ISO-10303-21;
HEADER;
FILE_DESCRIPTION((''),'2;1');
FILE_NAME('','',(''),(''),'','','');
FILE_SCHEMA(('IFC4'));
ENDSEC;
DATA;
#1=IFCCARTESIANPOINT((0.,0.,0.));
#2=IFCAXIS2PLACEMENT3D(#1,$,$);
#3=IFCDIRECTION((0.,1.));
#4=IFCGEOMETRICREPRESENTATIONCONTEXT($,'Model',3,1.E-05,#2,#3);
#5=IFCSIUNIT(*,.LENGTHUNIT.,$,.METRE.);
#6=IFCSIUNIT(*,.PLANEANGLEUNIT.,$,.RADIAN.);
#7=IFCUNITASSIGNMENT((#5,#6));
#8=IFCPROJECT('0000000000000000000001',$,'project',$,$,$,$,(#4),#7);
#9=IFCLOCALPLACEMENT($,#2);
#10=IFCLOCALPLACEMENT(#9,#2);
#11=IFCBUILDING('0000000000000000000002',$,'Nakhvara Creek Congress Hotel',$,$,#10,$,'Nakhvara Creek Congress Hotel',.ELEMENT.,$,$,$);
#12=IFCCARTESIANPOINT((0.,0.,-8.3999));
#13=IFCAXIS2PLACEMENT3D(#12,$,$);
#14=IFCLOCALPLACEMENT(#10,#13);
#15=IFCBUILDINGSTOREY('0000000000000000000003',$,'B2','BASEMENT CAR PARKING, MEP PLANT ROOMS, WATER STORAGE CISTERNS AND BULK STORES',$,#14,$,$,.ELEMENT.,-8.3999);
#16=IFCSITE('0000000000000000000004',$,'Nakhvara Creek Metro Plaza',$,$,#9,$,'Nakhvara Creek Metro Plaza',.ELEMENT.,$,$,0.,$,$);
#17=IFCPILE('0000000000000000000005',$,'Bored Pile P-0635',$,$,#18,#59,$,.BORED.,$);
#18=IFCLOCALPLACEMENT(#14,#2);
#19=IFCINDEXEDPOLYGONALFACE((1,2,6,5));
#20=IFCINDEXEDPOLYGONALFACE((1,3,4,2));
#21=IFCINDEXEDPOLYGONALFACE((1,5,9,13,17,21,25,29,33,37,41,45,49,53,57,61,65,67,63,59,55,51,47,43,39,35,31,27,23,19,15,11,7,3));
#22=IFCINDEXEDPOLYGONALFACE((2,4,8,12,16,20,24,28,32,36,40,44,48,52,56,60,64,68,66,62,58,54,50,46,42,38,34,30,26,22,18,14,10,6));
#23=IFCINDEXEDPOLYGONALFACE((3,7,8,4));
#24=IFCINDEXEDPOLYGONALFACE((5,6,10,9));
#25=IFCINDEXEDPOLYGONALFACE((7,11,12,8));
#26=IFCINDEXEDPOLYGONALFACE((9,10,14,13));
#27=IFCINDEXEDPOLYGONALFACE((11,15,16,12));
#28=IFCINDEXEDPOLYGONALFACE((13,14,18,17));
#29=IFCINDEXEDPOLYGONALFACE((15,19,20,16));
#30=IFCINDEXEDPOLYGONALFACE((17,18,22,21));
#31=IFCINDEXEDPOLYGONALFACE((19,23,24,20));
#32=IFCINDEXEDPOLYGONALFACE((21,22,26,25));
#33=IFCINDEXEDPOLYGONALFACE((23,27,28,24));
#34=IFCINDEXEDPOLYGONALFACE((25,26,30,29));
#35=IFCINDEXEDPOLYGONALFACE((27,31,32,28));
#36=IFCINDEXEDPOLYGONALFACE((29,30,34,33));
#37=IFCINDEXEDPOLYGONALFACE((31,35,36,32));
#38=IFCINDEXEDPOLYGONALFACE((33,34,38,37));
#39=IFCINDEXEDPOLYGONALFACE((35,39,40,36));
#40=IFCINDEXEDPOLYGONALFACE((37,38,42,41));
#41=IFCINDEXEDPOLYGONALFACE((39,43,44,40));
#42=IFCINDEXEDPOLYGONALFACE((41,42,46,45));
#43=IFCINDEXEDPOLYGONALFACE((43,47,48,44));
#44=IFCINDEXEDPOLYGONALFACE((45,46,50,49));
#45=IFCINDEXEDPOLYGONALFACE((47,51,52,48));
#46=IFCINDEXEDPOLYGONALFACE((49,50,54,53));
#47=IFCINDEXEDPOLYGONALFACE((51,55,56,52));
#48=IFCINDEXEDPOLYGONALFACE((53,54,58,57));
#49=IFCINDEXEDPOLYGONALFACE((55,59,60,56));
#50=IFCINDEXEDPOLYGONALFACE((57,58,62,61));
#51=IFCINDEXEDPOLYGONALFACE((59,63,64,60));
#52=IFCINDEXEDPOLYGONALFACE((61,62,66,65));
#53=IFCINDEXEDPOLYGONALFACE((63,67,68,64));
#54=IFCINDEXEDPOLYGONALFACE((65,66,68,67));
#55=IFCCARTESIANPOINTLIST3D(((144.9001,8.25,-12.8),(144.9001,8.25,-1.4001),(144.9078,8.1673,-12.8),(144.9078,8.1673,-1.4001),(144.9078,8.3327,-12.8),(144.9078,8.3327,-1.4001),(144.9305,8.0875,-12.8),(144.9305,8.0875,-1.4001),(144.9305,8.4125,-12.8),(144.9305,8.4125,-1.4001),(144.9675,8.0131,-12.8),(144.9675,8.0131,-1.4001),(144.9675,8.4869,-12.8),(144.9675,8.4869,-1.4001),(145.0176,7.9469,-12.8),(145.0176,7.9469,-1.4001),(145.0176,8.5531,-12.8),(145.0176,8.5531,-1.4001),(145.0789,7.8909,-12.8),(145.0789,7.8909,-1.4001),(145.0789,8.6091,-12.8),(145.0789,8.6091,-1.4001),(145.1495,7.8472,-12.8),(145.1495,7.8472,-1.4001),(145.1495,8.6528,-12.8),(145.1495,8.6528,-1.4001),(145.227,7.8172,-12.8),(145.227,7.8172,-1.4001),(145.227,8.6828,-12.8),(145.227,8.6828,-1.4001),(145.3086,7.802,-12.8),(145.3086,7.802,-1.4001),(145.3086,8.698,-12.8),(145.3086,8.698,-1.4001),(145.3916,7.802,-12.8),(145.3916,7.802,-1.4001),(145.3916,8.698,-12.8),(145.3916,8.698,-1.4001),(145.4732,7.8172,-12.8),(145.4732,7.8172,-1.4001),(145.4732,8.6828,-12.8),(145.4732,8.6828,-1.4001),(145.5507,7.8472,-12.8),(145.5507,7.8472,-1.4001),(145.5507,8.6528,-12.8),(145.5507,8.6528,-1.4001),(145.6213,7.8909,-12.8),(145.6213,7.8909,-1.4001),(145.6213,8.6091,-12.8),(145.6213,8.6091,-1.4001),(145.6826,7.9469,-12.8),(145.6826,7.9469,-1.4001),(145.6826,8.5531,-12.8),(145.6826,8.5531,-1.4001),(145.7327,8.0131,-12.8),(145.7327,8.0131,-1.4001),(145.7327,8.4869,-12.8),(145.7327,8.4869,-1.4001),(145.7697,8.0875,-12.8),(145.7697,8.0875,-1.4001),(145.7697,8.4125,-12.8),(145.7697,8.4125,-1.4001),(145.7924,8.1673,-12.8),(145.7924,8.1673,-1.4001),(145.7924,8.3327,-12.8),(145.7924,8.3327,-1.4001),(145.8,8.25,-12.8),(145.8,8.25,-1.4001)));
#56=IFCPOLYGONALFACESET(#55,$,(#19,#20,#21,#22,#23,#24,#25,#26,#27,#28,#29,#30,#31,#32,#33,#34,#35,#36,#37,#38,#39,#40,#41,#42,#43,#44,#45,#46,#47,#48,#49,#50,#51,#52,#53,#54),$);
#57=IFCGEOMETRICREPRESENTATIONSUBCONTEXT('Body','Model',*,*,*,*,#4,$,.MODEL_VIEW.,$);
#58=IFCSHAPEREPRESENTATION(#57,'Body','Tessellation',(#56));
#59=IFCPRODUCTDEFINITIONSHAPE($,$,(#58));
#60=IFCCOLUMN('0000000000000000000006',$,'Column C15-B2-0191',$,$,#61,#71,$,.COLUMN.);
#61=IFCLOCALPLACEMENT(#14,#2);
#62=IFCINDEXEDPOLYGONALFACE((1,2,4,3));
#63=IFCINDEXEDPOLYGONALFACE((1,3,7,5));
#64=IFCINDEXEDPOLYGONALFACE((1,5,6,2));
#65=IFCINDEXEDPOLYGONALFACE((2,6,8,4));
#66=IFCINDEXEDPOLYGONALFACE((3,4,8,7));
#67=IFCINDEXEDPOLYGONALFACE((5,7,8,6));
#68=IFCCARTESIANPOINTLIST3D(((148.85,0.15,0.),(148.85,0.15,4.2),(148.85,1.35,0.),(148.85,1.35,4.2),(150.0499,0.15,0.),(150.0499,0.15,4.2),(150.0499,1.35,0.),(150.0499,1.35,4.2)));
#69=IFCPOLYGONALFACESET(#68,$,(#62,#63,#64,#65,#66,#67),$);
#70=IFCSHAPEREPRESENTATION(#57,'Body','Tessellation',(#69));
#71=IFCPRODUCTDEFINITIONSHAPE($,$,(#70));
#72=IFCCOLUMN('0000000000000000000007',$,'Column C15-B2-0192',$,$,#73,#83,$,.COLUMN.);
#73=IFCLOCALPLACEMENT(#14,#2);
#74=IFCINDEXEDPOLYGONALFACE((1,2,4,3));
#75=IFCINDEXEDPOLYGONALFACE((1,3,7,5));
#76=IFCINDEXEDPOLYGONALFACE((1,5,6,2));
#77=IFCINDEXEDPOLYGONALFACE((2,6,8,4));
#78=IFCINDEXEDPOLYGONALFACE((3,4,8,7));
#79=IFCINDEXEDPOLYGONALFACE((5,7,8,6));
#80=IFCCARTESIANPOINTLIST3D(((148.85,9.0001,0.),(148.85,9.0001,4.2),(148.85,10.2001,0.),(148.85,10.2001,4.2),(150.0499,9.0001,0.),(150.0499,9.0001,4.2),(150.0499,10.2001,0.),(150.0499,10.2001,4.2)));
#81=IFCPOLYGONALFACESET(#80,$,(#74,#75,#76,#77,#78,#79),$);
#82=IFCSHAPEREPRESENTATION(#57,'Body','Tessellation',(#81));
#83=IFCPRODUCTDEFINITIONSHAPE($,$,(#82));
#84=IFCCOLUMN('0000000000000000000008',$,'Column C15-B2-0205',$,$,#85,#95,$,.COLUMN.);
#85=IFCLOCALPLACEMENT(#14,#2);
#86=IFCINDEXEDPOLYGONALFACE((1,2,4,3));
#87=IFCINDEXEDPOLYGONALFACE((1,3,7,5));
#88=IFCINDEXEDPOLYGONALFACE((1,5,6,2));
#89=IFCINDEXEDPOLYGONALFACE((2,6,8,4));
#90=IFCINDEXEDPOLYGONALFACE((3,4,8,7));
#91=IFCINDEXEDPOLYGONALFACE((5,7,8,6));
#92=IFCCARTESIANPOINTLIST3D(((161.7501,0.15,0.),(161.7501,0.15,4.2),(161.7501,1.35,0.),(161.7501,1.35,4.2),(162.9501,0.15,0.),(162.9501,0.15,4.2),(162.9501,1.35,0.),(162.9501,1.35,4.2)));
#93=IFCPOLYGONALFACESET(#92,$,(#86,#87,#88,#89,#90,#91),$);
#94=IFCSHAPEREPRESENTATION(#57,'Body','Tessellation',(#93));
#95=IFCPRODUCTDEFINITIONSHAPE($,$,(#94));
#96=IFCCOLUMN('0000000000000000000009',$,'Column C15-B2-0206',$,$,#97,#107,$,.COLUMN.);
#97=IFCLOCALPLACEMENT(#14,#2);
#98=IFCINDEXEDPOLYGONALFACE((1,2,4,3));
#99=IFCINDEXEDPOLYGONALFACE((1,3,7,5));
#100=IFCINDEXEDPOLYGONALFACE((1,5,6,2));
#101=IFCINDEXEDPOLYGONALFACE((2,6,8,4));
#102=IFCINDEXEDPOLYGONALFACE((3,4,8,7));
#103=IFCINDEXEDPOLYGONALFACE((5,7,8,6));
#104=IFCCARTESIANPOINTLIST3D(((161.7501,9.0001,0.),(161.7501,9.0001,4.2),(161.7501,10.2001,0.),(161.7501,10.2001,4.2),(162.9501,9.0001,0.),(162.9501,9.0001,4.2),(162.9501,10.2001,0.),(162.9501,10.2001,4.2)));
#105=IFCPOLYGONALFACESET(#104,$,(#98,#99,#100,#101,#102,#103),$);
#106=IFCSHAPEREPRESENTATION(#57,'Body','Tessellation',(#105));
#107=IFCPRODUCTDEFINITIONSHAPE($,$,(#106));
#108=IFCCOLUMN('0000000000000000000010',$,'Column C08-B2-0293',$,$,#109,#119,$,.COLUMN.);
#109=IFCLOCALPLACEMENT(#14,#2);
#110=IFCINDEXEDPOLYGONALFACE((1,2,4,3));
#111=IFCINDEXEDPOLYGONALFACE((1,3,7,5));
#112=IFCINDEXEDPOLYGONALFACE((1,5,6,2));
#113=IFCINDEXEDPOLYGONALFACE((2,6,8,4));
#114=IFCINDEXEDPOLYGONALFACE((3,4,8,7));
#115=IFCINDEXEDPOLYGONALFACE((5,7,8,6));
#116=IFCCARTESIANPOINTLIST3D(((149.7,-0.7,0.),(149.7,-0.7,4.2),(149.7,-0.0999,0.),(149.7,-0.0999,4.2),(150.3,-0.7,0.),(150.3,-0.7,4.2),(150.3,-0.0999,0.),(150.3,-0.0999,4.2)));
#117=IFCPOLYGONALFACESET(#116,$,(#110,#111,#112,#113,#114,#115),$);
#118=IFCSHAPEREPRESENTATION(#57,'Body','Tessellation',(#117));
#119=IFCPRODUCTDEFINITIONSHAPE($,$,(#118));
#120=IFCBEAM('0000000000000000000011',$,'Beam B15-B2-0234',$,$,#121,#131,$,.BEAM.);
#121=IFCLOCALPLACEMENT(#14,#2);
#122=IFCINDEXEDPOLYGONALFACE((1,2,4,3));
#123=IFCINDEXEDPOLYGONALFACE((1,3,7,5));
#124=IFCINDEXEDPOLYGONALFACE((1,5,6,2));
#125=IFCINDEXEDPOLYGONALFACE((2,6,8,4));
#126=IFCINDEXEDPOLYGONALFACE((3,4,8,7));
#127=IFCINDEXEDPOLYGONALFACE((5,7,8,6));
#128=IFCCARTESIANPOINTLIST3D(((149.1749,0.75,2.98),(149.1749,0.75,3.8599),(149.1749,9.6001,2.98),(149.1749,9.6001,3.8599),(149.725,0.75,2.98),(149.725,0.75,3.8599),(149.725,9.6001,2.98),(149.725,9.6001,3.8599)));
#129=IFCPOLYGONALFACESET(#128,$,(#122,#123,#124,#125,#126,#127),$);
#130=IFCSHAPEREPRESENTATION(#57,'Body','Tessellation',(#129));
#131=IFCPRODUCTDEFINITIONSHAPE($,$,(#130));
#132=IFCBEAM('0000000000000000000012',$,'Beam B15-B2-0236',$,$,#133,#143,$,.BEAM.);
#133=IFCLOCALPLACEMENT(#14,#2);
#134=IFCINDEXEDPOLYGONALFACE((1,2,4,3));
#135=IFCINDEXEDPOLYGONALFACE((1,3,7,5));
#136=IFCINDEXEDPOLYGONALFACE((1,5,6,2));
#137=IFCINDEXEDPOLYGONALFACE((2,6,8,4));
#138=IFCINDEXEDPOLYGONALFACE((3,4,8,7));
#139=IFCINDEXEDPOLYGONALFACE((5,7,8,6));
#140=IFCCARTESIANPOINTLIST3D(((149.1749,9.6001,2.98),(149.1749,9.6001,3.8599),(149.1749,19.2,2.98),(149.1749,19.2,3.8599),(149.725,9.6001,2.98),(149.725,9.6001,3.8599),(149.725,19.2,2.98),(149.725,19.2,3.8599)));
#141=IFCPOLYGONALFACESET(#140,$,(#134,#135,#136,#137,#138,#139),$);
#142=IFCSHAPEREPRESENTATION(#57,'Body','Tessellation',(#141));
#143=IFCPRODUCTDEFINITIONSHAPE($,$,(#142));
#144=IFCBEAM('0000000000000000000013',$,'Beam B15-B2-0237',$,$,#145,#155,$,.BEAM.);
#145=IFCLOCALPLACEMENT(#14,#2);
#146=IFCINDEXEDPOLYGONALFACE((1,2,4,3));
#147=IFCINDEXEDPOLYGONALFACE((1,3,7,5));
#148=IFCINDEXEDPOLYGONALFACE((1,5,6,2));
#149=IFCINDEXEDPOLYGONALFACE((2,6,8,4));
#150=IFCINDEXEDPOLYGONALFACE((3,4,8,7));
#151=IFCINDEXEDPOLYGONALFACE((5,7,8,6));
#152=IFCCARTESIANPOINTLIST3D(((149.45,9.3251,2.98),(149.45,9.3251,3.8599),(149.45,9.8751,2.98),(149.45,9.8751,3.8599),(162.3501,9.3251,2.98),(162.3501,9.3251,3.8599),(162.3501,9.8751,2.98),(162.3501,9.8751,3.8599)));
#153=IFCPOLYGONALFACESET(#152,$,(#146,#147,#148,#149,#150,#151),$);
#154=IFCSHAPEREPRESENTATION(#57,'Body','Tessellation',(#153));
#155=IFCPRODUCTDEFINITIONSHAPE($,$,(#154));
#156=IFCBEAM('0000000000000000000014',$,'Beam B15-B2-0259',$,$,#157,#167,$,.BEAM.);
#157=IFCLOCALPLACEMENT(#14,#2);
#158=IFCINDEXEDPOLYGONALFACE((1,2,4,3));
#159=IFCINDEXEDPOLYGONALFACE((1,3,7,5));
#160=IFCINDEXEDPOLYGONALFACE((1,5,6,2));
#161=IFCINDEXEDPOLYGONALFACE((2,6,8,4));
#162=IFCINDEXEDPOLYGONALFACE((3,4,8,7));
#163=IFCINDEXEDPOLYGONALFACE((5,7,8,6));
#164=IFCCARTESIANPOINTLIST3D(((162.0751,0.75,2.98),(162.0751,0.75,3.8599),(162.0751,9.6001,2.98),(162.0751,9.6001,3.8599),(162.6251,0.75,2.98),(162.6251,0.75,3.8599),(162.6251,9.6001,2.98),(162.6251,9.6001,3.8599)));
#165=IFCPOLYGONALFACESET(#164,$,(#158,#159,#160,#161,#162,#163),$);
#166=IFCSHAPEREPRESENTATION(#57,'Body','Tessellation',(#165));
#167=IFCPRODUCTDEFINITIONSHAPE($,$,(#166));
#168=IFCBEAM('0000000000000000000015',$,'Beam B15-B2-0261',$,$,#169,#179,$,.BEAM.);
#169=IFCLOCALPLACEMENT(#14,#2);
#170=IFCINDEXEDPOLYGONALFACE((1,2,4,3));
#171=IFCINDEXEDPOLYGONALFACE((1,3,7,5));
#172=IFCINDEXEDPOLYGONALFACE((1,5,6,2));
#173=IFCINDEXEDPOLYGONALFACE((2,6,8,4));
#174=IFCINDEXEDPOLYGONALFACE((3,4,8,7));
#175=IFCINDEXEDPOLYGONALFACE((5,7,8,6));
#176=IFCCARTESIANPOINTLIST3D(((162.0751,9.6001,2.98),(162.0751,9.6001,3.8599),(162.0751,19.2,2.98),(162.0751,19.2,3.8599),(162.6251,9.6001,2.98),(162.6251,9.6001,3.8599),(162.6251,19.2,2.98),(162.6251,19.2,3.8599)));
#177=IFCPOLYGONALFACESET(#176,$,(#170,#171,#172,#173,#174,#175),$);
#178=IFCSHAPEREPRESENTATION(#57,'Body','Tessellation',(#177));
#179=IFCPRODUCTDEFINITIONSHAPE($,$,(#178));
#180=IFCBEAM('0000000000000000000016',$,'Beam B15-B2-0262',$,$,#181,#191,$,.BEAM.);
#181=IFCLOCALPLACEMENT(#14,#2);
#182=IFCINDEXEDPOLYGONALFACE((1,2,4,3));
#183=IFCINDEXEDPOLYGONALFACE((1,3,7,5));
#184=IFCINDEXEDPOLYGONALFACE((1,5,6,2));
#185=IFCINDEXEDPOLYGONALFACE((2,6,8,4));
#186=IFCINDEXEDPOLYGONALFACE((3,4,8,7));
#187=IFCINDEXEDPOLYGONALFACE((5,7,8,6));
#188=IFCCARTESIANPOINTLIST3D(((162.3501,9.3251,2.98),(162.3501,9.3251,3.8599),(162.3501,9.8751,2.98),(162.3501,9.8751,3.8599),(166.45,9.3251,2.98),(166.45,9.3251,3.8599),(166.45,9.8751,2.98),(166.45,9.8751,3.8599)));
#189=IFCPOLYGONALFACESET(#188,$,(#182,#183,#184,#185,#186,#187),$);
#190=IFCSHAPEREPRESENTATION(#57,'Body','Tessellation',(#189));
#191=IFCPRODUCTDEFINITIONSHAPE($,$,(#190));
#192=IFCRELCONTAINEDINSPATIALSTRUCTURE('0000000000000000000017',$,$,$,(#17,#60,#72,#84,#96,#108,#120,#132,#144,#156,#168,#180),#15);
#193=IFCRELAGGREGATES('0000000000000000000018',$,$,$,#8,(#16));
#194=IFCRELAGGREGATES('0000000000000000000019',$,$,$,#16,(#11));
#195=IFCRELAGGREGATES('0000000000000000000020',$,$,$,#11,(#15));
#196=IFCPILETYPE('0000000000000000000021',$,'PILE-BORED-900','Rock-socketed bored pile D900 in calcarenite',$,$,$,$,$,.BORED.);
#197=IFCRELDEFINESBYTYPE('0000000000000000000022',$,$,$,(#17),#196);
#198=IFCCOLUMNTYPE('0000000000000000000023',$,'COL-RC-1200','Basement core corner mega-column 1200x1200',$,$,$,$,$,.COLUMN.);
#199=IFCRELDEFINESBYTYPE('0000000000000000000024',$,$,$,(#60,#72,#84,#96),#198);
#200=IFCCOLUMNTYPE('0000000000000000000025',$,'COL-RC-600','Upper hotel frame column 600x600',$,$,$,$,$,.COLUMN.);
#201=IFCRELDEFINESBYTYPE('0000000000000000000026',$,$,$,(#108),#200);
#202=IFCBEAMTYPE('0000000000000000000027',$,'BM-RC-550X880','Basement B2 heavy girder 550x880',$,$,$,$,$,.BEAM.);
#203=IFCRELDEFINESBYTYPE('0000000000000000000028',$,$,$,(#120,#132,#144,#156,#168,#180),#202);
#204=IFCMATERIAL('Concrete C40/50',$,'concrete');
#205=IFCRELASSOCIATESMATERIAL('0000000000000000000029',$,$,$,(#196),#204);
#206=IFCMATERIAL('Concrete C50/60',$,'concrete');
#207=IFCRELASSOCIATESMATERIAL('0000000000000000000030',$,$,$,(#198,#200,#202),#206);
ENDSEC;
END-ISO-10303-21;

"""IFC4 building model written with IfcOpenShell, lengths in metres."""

from ifc_helpers import new_model, si_unit, direction, frame, origin, origin_2d, place, context, subcontext, project, spatial, rectangle, circle, extrude, material, material_profile, profile_set, type_object, element, save


model = new_model("IFC4")

# Units and contexts
model_context = context("Model", 3, precision=1e-05, world=origin(), true_north=direction((0.0, 1.0)))
body_context = subcontext(model_context, "Body", "Model", "MODEL_VIEW")
ifc_project = project(units=[si_unit("LENGTHUNIT", "METRE"), si_unit("PLANEANGLEUNIT", "RADIAN")], contexts=[model_context])

# Site, building, storey
site_placement = place(None, origin())
site = spatial("IfcSite", under=ifc_project, at=site_placement, Name="Nakhvara Creek Metro Plaza", LongName="Nakhvara Creek Metro Plaza", CompositionType="ELEMENT", RefElevation=0.0)
building_placement = place(site_placement, origin())
building = spatial("IfcBuilding", under=site, at=building_placement, Name="Nakhvara Creek Congress Hotel", LongName="Nakhvara Creek Congress Hotel", CompositionType="ELEMENT")
storey_placement = place(building_placement, frame((0.0, 0.0, -8.3999)))
storey = spatial("IfcBuildingStorey", under=building, at=storey_placement, Name="B2", Description="BASEMENT CAR PARKING, MEP PLANT ROOMS, WATER STORAGE CISTERNS AND BULK STORES", CompositionType="ELEMENT", Elevation=-8.3999)

# Shared definitions
ifc_material_1 = material(Name="Concrete C40/50", Category="concrete")

# Pile
ifc_material_profile_1 = material_profile(ifc_material_1, circle(Radius=0.45, at=origin_2d()), Name="BORED PILE D900", Category="LoadBearing")
ifc_profile_set_1 = profile_set([ifc_material_profile_1], Name="Concrete C40/50")
pile_type_1 = type_object("IfcPileType", Name="PILE-BORED-900", Description="Rock-socketed bored pile D900 in calcarenite", PredefinedType="BORED", material=ifc_profile_set_1)
for number, where, z_axis, x_axis, name in (
    (1, (145.3501, 8.25, -1.4001), (0.0, 0.0, -1.0), (1.0, 0.0, 0.0), "Bored Pile P-0635"),
):
    element("IfcPile", number, at=place(storey_placement, frame(where, z_axis=z_axis, x_axis=x_axis)), inside=storey, type_object=pile_type_1, Name=name, PredefinedType="BORED", context=body_context, shape_type="SweptSolid", body=[
        extrude(circle(Radius=0.45, at=origin_2d()), origin(), (0.0, 0.0, 1.0), 11.3999),
    ])

# Columns
ifc_material_2 = material(Name="Concrete C50/60", Category="concrete")
ifc_material_profile_2 = material_profile(ifc_material_2, rectangle(XDim=1.2, YDim=1.2, at=origin_2d()), Name="RC-COL 1200x1200", Category="LoadBearing")
ifc_profile_set_2 = profile_set([ifc_material_profile_2], Name="Concrete C50/60")
column_type_1 = type_object("IfcColumnType", Name="COL-RC-1200", Description="Basement core corner mega-column 1200x1200", PredefinedType="COLUMN", material=ifc_profile_set_2)
for number, where, z_axis, x_axis, name in (
    (2, (149.45, 0.75, 0.0), (0.0, 0.0, 1.0), (1.0, 0.0, 0.0), "Column C15-B2-0191"),
    (3, (149.45, 9.6001, 0.0), (0.0, 0.0, 1.0), (1.0, 0.0, 0.0), "Column C15-B2-0192"),
    (4, (162.3501, 0.75, 0.0), (0.0, 0.0, 1.0), (1.0, 0.0, 0.0), "Column C15-B2-0205"),
    (5, (162.3501, 9.6001, 0.0), (0.0, 0.0, 1.0), (1.0, 0.0, 0.0), "Column C15-B2-0206"),
):
    element("IfcColumn", number, at=place(storey_placement, frame(where, z_axis=z_axis, x_axis=x_axis)), inside=storey, type_object=column_type_1, Name=name, PredefinedType="COLUMN", context=body_context, shape_type="SweptSolid", body=[
        extrude(rectangle(XDim=1.2, YDim=1.2, at=origin_2d()), origin(), (0.0, 0.0, 1.0), 4.2),
    ])
ifc_material_profile_3 = material_profile(ifc_material_2, rectangle(XDim=0.6001, YDim=0.6001, at=origin_2d()), Name="RC-COL 600x600", Category="LoadBearing")
ifc_profile_set_3 = profile_set([ifc_material_profile_3], Name="Concrete C50/60")
column_type_2 = type_object("IfcColumnType", Name="COL-RC-600", Description="Upper hotel frame column 600x600", PredefinedType="COLUMN", material=ifc_profile_set_3)
column_placement = place(storey_placement, frame((150.0, -0.3999, 0.0), z_axis=(0.0, 0.0, 1.0), x_axis=(1.0, 0.0, 0.0)))
element("IfcColumn", 6, at=column_placement, inside=storey, type_object=column_type_2, Name="Column C08-B2-0293", PredefinedType="COLUMN", context=body_context, shape_type="SweptSolid", body=[
    extrude(rectangle(XDim=0.6001, YDim=0.6001, at=origin_2d()), origin(), (0.0, 0.0, 1.0), 4.2),
])

# Beams
ifc_material_profile_4 = material_profile(ifc_material_2, rectangle(XDim=0.55, YDim=0.8799, at=origin_2d()), Name="RC-BM 550x880", Category="LoadBearing")
ifc_profile_set_4 = profile_set([ifc_material_profile_4], Name="Concrete C50/60")
beam_type_1 = type_object("IfcBeamType", Name="BM-RC-550X880", Description="Basement B2 heavy girder 550x880", PredefinedType="BEAM", material=ifc_profile_set_4)
beam_1_placement = place(storey_placement, frame((149.45, 0.75, 3.4199), z_axis=(0.0, 1.0, 0.0), x_axis=(-1.0, 0.0, 0.0)))
element("IfcBeam", 7, at=beam_1_placement, inside=storey, type_object=beam_type_1, Name="Beam B15-B2-0234", PredefinedType="BEAM", context=body_context, shape_type="SweptSolid", body=[
    extrude(rectangle(XDim=0.55, YDim=0.8799, at=origin_2d()), origin(), (0.0, 0.0, 1.0), 8.8501),
])
beam_2_placement = place(storey_placement, frame((149.45, 9.6001, 3.4199), z_axis=(0.0, 1.0, 0.0), x_axis=(-1.0, 0.0, 0.0)))
element("IfcBeam", 8, at=beam_2_placement, inside=storey, type_object=beam_type_1, Name="Beam B15-B2-0236", PredefinedType="BEAM", context=body_context, shape_type="SweptSolid", body=[
    extrude(rectangle(XDim=0.55, YDim=0.8799, at=origin_2d()), origin(), (0.0, 0.0, 1.0), 9.5999),
])
beam_3_placement = place(storey_placement, frame((149.45, 9.6001, 3.4199), z_axis=(1.0, 0.0, 0.0), x_axis=(0.0, 1.0, 0.0)))
element("IfcBeam", 9, at=beam_3_placement, inside=storey, type_object=beam_type_1, Name="Beam B15-B2-0237", PredefinedType="BEAM", context=body_context, shape_type="SweptSolid", body=[
    extrude(rectangle(XDim=0.55, YDim=0.8799, at=origin_2d()), origin(), (0.0, 0.0, 1.0), 12.9001),
])
beam_4_placement = place(storey_placement, frame((162.3501, 0.75, 3.4199), z_axis=(0.0, 1.0, 0.0), x_axis=(-1.0, 0.0, 0.0)))
element("IfcBeam", 10, at=beam_4_placement, inside=storey, type_object=beam_type_1, Name="Beam B15-B2-0259", PredefinedType="BEAM", context=body_context, shape_type="SweptSolid", body=[
    extrude(rectangle(XDim=0.55, YDim=0.8799, at=origin_2d()), origin(), (0.0, 0.0, 1.0), 8.8501),
])
beam_5_placement = place(storey_placement, frame((162.3501, 9.6001, 3.4199), z_axis=(0.0, 1.0, 0.0), x_axis=(-1.0, 0.0, 0.0)))
element("IfcBeam", 11, at=beam_5_placement, inside=storey, type_object=beam_type_1, Name="Beam B15-B2-0261", PredefinedType="BEAM", context=body_context, shape_type="SweptSolid", body=[
    extrude(rectangle(XDim=0.55, YDim=0.8799, at=origin_2d()), origin(), (0.0, 0.0, 1.0), 9.5999),
])
beam_6_placement = place(storey_placement, frame((162.3501, 9.6001, 3.4199), z_axis=(1.0, 0.0, 0.0), x_axis=(0.0, 1.0, 0.0)))
element("IfcBeam", 12, at=beam_6_placement, inside=storey, type_object=beam_type_1, Name="Beam B15-B2-0262", PredefinedType="BEAM", context=body_context, shape_type="SweptSolid", body=[
    extrude(rectangle(XDim=0.55, YDim=0.8799, at=origin_2d()), origin(), (0.0, 0.0, 1.0), 4.0999),
])

save(model, "model.ifc")
